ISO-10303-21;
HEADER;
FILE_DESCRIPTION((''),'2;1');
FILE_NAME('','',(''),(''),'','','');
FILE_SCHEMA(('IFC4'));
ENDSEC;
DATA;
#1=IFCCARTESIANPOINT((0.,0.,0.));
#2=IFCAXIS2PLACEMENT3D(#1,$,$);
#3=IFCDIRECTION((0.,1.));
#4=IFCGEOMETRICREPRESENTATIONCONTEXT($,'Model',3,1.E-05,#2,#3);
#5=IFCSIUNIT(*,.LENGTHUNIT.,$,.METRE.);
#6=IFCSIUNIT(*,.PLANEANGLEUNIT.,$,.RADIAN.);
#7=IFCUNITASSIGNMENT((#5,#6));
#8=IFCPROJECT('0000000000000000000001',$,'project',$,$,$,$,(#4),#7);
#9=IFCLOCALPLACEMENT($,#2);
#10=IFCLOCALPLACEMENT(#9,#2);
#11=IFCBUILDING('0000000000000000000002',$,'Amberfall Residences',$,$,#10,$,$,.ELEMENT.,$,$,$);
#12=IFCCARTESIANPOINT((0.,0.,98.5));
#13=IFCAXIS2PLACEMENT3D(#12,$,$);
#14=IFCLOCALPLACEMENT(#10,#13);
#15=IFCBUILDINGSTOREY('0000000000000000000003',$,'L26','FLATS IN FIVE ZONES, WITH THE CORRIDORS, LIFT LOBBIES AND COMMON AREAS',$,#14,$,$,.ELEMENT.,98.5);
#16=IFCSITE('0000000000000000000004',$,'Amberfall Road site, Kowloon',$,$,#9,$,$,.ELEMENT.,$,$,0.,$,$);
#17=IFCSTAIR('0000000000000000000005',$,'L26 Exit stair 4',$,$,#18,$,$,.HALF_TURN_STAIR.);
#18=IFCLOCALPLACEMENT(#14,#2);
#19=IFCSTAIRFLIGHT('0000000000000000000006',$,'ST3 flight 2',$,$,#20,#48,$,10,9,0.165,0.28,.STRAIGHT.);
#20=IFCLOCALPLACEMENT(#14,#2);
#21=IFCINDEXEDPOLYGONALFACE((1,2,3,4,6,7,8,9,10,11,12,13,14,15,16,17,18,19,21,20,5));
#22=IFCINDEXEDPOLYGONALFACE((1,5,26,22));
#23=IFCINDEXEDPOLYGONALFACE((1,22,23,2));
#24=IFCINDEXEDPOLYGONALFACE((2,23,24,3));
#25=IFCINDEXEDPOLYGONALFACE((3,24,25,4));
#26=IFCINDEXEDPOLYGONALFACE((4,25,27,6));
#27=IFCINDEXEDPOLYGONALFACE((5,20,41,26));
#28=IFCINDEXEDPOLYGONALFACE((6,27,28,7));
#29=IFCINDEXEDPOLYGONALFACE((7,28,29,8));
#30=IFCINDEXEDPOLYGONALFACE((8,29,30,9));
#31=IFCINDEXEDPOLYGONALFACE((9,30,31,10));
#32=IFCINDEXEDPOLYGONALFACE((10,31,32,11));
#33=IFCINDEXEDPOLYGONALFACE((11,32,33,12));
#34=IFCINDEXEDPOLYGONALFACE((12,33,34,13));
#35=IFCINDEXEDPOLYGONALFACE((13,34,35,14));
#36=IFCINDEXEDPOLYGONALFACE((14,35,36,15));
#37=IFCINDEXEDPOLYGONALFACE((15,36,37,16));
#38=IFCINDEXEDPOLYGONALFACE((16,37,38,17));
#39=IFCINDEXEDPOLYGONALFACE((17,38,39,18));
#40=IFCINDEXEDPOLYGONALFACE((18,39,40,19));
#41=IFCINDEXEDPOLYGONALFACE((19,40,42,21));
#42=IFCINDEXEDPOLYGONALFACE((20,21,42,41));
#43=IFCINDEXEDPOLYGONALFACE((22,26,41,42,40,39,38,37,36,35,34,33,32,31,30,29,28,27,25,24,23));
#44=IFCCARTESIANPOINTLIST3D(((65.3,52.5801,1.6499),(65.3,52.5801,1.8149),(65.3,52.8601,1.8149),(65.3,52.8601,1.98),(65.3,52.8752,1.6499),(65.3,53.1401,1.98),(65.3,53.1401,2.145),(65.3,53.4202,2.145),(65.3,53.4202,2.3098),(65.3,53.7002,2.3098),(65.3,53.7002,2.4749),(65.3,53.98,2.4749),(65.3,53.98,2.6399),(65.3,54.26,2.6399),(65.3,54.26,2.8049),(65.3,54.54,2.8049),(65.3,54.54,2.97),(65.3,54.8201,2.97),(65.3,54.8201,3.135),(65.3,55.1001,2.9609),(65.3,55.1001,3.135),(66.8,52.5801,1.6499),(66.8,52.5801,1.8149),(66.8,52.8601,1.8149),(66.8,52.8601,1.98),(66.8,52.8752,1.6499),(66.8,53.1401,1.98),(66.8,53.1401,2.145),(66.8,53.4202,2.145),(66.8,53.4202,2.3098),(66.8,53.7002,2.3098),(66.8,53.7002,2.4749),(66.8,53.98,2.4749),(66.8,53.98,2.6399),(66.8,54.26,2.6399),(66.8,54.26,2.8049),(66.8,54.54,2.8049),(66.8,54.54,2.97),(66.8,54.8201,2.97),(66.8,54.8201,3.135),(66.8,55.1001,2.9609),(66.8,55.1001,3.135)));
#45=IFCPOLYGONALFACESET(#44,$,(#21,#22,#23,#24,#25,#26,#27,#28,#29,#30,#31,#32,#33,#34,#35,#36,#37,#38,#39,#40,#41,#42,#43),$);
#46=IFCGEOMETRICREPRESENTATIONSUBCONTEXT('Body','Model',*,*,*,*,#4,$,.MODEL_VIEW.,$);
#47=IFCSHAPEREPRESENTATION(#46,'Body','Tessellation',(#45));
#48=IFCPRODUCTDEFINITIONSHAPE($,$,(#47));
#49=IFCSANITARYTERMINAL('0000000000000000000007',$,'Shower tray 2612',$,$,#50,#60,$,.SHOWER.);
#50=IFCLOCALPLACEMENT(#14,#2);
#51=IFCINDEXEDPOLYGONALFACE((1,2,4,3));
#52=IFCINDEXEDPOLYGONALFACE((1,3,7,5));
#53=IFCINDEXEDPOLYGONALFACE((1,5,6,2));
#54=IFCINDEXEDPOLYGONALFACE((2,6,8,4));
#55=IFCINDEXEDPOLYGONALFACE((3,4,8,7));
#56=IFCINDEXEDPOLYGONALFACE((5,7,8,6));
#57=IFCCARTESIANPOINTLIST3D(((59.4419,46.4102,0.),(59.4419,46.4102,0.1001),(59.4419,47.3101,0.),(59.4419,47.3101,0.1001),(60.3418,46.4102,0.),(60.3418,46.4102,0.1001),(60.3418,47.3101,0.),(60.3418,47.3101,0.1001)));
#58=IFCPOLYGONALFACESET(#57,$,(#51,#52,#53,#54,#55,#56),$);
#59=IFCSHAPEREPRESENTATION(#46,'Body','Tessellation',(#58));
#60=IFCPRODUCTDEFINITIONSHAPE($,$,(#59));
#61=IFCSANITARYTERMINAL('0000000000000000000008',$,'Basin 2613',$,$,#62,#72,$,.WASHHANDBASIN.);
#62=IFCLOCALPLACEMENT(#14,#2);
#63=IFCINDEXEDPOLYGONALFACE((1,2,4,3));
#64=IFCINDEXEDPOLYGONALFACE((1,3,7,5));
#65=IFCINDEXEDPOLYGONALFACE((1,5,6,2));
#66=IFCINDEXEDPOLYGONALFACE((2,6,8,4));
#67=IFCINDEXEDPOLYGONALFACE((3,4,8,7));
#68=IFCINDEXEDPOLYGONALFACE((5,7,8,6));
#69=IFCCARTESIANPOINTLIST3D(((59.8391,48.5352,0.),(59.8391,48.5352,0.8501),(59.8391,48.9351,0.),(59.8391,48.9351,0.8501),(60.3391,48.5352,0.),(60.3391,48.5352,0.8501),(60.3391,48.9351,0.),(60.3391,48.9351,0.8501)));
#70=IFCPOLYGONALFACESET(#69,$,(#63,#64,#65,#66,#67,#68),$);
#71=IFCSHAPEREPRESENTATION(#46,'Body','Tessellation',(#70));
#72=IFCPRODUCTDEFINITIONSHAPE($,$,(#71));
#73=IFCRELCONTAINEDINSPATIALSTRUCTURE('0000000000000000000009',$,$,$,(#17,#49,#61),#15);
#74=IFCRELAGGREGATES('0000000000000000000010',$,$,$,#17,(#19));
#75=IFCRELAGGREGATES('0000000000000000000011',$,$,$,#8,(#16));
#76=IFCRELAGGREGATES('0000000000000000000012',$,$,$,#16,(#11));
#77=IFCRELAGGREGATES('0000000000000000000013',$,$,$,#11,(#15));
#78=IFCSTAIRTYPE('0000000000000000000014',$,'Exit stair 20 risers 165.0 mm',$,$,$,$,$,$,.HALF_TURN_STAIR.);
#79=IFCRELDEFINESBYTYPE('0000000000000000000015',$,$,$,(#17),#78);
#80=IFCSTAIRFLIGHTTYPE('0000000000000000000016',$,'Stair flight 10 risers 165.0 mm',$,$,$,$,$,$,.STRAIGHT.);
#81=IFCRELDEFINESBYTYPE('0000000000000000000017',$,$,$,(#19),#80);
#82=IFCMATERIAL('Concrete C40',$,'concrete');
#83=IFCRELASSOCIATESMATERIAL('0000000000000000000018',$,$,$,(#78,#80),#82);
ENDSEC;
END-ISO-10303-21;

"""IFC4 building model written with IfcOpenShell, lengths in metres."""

from ifc_helpers import new_model, si_unit, direction, frame, origin, origin_2d, place, context, subcontext, project, spatial, polyline, rectangle, outline, extrude, material, type_object, element, aggregate, save


model = new_model("IFC4")

# Units and contexts
model_context = context("Model", 3, precision=1e-05, world=origin(), true_north=direction((0.0, 1.0)))
body_context = subcontext(model_context, "Body", "Model", "MODEL_VIEW")
ifc_project = project(units=[si_unit("LENGTHUNIT", "METRE"), si_unit("PLANEANGLEUNIT", "RADIAN")], contexts=[model_context])

# Site, building, storey
site_placement = place(None, origin())
site = spatial("IfcSite", under=ifc_project, at=site_placement, Name="Amberfall Road site, Kowloon", CompositionType="ELEMENT", RefElevation=0.0)
building_placement = place(site_placement, origin())
building = spatial("IfcBuilding", under=site, at=building_placement, Name="Amberfall Residences", CompositionType="ELEMENT")
storey_placement = place(building_placement, frame((0.0, 0.0, 98.5)))
storey = spatial("IfcBuildingStorey", under=building, at=storey_placement, Name="L26", Description="FLATS IN FIVE ZONES, WITH THE CORRIDORS, LIFT LOBBIES AND COMMON AREAS", CompositionType="ELEMENT", Elevation=98.5)

# Stair, stair flight
ifc_material_1 = material(Name="Concrete C40", Category="concrete")
stair_type = type_object("IfcStairType", Name="Exit stair 20 risers 165.0 mm", PredefinedType="HALF_TURN_STAIR", material=ifc_material_1)
stair_placement = place(storey_placement, origin())
stair = element("IfcStair", 1, at=stair_placement, inside=storey, type_object=stair_type, Name="L26 Exit stair 4", PredefinedType="HALF_TURN_STAIR")
stair_flight_type = type_object("IfcStairFlightType", Name="Stair flight 10 risers 165.0 mm", PredefinedType="STRAIGHT", material=ifc_material_1)
stair_flight_placement = place(storey_placement, frame((66.05, 52.5801, 1.6499), z_axis=(0.0, 0.0, 1.0), x_axis=(0.0, 1.0, 0.0)))
stair_flight = element("IfcStairFlight", 2, at=stair_flight_placement, type_object=stair_flight_type, Name="ST3 flight 2", NumberOfRisers=10, NumberOfTreads=9, PredefinedType="STRAIGHT", RiserHeight=0.165, TreadLength=0.28, context=body_context, shape_type="SweptSolid", body=[
    extrude(outline(polyline([(0.0, 0.0), (0.0, 0.165), (0.28, 0.165), (0.28, 0.3301), (0.5601, 0.3301), (0.5601, 0.4951), (0.8401, 0.4951), (0.8401, 0.6599), (1.1201, 0.6599), (1.1201, 0.825), (1.3999, 0.825), (1.3999, 0.99), (1.6799, 0.99), (1.6799, 1.155), (1.96, 1.155), (1.96, 1.3201), (2.24, 1.3201), (2.24, 1.4851), (2.52, 1.4851), (2.52, 1.6499), (2.52, 1.311), (0.2952, 0.0), (0.0, 0.0)])), frame((0.0, 0.75, 0.0), z_axis=(0.0, -1.0, 0.0), x_axis=(1.0, 0.0, 0.0)), (0.0, 0.0, 1.0), 1.5),
])
aggregate(stair, [stair_flight])

# Sanitary terminals
sanitary_terminal_1_placement = place(storey_placement, frame((59.8918, 46.8601, 0.0), z_axis=(0.0, 0.0, 1.0), x_axis=(1.0, 0.0, 0.0)))
element("IfcSanitaryTerminal", 3, at=sanitary_terminal_1_placement, inside=storey, Name="Shower tray 2612", PredefinedType="SHOWER", context=body_context, shape_type="SweptSolid", body=[
    extrude(rectangle(XDim=0.8999, YDim=0.8999, at=origin_2d()), origin(), (0.0, 0.0, 1.0), 0.1001),
])
sanitary_terminal_2_placement = place(storey_placement, frame((60.0891, 48.7351, 0.0), z_axis=(0.0, 0.0, 1.0), x_axis=(1.0, 0.0, 0.0)))
element("IfcSanitaryTerminal", 4, at=sanitary_terminal_2_placement, inside=storey, Name="Basin 2613", PredefinedType="WASHHANDBASIN", context=body_context, shape_type="SweptSolid", body=[
    extrude(rectangle(XDim=0.5, YDim=0.3999, at=origin_2d()), origin(), (0.0, 0.0, 1.0), 0.8501),
])

save(model, "model.ifc")
